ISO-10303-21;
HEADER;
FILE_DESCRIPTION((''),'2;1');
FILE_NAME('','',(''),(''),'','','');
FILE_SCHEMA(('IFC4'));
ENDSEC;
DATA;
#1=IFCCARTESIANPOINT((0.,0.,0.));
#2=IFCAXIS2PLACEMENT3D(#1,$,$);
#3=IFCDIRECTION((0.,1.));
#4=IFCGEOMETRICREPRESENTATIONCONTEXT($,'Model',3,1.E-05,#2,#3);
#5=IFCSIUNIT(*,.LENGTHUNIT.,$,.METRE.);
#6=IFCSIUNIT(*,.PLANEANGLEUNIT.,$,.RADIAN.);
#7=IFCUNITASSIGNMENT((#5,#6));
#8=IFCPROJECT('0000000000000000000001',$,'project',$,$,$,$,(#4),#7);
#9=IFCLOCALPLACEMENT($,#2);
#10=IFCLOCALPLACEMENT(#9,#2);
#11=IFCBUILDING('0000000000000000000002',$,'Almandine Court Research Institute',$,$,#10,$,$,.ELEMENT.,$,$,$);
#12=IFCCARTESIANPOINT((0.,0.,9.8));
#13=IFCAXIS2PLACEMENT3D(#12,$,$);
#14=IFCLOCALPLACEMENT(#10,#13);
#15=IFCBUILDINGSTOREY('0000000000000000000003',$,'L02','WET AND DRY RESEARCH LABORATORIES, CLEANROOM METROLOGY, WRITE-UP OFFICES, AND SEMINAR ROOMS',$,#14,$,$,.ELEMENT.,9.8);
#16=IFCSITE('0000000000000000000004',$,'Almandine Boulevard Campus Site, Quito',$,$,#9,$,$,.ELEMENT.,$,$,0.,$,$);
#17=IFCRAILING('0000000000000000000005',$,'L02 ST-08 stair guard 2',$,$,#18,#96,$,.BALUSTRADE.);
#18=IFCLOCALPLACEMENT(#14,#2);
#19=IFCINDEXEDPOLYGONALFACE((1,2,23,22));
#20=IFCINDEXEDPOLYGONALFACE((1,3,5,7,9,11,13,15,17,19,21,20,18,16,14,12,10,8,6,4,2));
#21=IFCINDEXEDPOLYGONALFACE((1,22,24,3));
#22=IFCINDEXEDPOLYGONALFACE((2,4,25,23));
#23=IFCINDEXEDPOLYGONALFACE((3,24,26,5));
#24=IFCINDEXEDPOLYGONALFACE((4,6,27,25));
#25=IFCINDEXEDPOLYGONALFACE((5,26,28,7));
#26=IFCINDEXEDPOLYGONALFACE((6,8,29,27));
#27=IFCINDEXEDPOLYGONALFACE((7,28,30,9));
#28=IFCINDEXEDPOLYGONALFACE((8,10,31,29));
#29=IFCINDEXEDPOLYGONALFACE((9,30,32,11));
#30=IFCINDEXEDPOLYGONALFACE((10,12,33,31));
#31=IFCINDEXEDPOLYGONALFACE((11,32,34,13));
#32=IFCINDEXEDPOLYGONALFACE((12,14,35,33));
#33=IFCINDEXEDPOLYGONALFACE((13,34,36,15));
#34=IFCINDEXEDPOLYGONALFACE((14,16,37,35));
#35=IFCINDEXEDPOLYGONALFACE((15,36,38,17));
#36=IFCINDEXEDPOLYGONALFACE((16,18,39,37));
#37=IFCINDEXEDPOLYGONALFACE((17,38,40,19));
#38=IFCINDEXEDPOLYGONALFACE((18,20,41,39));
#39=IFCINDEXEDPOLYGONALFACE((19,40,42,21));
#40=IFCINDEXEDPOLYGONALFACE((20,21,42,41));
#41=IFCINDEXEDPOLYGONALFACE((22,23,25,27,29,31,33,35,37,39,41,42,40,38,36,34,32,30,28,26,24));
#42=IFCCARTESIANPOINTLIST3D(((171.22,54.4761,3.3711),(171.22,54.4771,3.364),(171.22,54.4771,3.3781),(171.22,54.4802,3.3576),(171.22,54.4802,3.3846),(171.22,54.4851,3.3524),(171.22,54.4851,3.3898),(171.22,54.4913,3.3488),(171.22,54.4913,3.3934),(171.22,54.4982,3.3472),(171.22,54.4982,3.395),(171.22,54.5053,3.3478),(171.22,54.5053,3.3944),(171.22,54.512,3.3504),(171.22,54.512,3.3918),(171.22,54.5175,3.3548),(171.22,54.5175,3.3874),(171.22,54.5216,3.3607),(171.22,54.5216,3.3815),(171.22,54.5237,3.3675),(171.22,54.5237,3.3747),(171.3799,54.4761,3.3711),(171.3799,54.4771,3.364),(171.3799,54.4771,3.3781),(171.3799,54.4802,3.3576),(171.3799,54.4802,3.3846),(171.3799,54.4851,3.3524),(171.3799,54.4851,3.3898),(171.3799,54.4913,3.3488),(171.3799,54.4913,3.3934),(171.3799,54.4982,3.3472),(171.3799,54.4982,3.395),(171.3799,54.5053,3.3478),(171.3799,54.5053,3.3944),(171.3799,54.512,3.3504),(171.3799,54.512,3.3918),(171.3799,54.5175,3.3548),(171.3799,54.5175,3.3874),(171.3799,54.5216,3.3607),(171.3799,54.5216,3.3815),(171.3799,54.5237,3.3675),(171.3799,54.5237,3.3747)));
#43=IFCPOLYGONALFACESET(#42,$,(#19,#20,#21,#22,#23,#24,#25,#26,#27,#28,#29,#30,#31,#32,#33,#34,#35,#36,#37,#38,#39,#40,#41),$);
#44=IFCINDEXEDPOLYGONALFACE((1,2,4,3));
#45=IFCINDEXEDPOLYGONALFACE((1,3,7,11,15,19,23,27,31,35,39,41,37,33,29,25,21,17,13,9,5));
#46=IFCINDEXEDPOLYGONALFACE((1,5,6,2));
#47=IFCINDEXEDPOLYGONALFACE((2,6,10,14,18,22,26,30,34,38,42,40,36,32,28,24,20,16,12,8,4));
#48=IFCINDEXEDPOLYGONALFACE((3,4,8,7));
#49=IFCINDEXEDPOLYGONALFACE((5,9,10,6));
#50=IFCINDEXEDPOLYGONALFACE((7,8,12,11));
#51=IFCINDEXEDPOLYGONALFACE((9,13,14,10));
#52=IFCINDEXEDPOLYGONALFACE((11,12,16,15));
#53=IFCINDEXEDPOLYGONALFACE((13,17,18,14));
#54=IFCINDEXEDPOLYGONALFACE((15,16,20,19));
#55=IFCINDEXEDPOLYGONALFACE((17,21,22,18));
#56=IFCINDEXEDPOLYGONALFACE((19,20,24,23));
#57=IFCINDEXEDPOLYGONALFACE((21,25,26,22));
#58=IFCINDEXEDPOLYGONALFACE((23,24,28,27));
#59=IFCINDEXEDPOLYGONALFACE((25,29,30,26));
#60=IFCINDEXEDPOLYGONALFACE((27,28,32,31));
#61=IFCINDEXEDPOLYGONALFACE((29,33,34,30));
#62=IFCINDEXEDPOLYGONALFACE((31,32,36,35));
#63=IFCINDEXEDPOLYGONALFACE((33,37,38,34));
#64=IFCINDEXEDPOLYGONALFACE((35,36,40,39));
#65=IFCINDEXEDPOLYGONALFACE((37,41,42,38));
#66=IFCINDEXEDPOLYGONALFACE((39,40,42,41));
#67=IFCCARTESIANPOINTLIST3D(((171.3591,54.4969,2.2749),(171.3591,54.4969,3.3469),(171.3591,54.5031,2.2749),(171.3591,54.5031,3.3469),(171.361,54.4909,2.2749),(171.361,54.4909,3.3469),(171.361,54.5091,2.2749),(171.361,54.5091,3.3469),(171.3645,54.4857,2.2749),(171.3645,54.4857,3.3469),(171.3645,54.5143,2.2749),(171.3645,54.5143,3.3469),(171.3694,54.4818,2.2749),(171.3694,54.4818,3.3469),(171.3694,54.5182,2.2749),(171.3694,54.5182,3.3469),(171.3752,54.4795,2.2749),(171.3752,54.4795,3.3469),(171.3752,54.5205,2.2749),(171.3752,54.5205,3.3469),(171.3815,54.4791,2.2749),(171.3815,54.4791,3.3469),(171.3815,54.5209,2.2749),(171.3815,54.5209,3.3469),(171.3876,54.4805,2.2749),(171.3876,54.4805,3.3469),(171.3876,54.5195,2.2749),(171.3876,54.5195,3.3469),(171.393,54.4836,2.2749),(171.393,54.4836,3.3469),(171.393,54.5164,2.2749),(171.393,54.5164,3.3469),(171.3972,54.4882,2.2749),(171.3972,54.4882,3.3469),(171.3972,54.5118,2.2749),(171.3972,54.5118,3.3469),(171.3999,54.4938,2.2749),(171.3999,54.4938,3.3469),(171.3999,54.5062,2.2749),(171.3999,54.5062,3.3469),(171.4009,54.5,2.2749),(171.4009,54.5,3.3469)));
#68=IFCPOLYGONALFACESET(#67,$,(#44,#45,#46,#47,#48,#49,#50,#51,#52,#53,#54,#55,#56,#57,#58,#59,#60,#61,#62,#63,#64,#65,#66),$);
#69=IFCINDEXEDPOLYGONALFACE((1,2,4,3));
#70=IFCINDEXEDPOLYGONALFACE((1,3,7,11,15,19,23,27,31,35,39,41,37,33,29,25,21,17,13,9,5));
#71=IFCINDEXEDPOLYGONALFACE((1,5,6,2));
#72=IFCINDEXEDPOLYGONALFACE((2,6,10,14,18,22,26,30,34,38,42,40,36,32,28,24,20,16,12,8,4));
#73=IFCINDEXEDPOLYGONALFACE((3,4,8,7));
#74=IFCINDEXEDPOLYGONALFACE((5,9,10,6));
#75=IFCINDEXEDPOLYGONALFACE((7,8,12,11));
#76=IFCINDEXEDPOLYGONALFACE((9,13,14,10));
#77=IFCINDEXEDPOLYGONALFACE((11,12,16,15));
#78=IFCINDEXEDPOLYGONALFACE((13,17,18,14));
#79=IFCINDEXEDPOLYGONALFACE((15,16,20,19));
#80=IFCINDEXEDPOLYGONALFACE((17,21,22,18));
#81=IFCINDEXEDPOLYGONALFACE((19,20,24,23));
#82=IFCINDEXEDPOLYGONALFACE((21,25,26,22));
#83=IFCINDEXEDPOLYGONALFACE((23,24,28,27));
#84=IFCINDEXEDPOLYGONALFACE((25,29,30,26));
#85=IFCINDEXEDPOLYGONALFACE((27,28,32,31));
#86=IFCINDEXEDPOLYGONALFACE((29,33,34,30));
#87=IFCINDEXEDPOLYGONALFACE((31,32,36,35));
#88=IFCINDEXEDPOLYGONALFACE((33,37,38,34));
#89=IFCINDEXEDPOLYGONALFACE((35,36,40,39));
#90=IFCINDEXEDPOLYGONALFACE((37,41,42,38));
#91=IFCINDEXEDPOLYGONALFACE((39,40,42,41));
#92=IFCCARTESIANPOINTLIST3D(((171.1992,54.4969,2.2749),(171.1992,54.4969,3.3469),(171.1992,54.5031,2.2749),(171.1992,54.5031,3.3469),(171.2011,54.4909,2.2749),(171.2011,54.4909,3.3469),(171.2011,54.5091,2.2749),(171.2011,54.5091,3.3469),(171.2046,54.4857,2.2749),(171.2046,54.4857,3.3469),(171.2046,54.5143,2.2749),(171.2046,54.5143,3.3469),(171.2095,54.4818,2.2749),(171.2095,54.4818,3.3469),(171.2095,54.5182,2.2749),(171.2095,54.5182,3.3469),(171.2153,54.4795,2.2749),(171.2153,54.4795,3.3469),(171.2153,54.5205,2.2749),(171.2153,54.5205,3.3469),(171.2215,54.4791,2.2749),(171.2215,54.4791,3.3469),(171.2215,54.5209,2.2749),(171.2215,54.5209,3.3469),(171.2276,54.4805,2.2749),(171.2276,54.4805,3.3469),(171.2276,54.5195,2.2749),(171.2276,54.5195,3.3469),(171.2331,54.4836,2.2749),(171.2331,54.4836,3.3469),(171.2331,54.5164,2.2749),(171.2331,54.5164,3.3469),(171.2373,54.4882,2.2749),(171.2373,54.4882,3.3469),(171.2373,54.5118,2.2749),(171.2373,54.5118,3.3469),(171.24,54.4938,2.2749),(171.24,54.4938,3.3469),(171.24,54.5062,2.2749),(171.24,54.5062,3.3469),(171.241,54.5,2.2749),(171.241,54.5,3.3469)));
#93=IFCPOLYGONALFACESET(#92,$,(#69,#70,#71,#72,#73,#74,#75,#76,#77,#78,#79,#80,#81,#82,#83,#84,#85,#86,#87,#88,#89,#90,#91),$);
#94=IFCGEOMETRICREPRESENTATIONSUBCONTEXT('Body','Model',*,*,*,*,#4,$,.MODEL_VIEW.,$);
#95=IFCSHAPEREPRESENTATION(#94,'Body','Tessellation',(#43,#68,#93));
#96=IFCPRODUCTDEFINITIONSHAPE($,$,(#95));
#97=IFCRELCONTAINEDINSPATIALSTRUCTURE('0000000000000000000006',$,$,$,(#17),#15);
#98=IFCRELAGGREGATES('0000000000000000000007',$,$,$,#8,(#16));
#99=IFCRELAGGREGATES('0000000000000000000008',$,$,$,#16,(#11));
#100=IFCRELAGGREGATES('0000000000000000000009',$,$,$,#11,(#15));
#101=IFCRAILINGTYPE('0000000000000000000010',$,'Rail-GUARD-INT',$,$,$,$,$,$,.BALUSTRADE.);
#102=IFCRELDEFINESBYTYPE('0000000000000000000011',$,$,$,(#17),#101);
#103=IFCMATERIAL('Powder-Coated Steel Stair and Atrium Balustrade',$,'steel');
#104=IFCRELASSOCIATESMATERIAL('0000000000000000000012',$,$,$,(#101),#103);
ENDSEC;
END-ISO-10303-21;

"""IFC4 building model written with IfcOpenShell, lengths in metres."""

from ifc_helpers import new_model, si_unit, direction, frame, origin, origin_2d, place, context, subcontext, project, spatial, circle, extrude, material, type_object, element, save


model = new_model("IFC4")

# Units and contexts
model_context = context("Model", 3, precision=1e-05, world=origin(), true_north=direction((0.0, 1.0)))
body_context = subcontext(model_context, "Body", "Model", "MODEL_VIEW")
ifc_project = project(units=[si_unit("LENGTHUNIT", "METRE"), si_unit("PLANEANGLEUNIT", "RADIAN")], contexts=[model_context])

# Site, building, storey
site_placement = place(None, origin())
site = spatial("IfcSite", under=ifc_project, at=site_placement, Name="Almandine Boulevard Campus Site, Quito", CompositionType="ELEMENT", RefElevation=0.0)
building_placement = place(site_placement, origin())
building = spatial("IfcBuilding", under=site, at=building_placement, Name="Almandine Court Research Institute", CompositionType="ELEMENT")
storey_placement = place(building_placement, frame((0.0, 0.0, 9.8)))
storey = spatial("IfcBuildingStorey", under=building, at=storey_placement, Name="L02", Description="WET AND DRY RESEARCH LABORATORIES, CLEANROOM METROLOGY, WRITE-UP OFFICES, AND SEMINAR ROOMS", CompositionType="ELEMENT", Elevation=9.8)

# Railing
ifc_material_1 = material(Name="Powder-Coated Steel Stair and Atrium Balustrade", Category="steel")
railing_type_1 = type_object("IfcRailingType", Name="Rail-GUARD-INT", PredefinedType="BALUSTRADE", material=ifc_material_1)
railing_1_placement = place(storey_placement, frame((171.3799, 54.5, 2.2749)))
element("IfcRailing", 1, at=railing_1_placement, inside=storey, type_object=railing_type_1, Name="L02 ST-08 stair guard 2", PredefinedType="BALUSTRADE", context=body_context, shape_type="SweptSolid", body=[
    extrude(circle(Radius=0.0239, at=origin_2d()), frame((0.0, 0.0, 1.0962), z_axis=(-1.0, 0.0, 0.0), x_axis=(0.0, -1.0, 0.0)), (0.0, 0.0, 1.0), 0.1599),
    extrude(circle(Radius=0.021, at=origin_2d()), origin(), (0.0, 0.0, 1.0), 1.072),
    extrude(circle(Radius=0.021, at=origin_2d()), frame((-0.1599, 0.0, 0.0)), (0.0, 0.0, 1.0), 1.072),
])

save(model, "model.ifc")
